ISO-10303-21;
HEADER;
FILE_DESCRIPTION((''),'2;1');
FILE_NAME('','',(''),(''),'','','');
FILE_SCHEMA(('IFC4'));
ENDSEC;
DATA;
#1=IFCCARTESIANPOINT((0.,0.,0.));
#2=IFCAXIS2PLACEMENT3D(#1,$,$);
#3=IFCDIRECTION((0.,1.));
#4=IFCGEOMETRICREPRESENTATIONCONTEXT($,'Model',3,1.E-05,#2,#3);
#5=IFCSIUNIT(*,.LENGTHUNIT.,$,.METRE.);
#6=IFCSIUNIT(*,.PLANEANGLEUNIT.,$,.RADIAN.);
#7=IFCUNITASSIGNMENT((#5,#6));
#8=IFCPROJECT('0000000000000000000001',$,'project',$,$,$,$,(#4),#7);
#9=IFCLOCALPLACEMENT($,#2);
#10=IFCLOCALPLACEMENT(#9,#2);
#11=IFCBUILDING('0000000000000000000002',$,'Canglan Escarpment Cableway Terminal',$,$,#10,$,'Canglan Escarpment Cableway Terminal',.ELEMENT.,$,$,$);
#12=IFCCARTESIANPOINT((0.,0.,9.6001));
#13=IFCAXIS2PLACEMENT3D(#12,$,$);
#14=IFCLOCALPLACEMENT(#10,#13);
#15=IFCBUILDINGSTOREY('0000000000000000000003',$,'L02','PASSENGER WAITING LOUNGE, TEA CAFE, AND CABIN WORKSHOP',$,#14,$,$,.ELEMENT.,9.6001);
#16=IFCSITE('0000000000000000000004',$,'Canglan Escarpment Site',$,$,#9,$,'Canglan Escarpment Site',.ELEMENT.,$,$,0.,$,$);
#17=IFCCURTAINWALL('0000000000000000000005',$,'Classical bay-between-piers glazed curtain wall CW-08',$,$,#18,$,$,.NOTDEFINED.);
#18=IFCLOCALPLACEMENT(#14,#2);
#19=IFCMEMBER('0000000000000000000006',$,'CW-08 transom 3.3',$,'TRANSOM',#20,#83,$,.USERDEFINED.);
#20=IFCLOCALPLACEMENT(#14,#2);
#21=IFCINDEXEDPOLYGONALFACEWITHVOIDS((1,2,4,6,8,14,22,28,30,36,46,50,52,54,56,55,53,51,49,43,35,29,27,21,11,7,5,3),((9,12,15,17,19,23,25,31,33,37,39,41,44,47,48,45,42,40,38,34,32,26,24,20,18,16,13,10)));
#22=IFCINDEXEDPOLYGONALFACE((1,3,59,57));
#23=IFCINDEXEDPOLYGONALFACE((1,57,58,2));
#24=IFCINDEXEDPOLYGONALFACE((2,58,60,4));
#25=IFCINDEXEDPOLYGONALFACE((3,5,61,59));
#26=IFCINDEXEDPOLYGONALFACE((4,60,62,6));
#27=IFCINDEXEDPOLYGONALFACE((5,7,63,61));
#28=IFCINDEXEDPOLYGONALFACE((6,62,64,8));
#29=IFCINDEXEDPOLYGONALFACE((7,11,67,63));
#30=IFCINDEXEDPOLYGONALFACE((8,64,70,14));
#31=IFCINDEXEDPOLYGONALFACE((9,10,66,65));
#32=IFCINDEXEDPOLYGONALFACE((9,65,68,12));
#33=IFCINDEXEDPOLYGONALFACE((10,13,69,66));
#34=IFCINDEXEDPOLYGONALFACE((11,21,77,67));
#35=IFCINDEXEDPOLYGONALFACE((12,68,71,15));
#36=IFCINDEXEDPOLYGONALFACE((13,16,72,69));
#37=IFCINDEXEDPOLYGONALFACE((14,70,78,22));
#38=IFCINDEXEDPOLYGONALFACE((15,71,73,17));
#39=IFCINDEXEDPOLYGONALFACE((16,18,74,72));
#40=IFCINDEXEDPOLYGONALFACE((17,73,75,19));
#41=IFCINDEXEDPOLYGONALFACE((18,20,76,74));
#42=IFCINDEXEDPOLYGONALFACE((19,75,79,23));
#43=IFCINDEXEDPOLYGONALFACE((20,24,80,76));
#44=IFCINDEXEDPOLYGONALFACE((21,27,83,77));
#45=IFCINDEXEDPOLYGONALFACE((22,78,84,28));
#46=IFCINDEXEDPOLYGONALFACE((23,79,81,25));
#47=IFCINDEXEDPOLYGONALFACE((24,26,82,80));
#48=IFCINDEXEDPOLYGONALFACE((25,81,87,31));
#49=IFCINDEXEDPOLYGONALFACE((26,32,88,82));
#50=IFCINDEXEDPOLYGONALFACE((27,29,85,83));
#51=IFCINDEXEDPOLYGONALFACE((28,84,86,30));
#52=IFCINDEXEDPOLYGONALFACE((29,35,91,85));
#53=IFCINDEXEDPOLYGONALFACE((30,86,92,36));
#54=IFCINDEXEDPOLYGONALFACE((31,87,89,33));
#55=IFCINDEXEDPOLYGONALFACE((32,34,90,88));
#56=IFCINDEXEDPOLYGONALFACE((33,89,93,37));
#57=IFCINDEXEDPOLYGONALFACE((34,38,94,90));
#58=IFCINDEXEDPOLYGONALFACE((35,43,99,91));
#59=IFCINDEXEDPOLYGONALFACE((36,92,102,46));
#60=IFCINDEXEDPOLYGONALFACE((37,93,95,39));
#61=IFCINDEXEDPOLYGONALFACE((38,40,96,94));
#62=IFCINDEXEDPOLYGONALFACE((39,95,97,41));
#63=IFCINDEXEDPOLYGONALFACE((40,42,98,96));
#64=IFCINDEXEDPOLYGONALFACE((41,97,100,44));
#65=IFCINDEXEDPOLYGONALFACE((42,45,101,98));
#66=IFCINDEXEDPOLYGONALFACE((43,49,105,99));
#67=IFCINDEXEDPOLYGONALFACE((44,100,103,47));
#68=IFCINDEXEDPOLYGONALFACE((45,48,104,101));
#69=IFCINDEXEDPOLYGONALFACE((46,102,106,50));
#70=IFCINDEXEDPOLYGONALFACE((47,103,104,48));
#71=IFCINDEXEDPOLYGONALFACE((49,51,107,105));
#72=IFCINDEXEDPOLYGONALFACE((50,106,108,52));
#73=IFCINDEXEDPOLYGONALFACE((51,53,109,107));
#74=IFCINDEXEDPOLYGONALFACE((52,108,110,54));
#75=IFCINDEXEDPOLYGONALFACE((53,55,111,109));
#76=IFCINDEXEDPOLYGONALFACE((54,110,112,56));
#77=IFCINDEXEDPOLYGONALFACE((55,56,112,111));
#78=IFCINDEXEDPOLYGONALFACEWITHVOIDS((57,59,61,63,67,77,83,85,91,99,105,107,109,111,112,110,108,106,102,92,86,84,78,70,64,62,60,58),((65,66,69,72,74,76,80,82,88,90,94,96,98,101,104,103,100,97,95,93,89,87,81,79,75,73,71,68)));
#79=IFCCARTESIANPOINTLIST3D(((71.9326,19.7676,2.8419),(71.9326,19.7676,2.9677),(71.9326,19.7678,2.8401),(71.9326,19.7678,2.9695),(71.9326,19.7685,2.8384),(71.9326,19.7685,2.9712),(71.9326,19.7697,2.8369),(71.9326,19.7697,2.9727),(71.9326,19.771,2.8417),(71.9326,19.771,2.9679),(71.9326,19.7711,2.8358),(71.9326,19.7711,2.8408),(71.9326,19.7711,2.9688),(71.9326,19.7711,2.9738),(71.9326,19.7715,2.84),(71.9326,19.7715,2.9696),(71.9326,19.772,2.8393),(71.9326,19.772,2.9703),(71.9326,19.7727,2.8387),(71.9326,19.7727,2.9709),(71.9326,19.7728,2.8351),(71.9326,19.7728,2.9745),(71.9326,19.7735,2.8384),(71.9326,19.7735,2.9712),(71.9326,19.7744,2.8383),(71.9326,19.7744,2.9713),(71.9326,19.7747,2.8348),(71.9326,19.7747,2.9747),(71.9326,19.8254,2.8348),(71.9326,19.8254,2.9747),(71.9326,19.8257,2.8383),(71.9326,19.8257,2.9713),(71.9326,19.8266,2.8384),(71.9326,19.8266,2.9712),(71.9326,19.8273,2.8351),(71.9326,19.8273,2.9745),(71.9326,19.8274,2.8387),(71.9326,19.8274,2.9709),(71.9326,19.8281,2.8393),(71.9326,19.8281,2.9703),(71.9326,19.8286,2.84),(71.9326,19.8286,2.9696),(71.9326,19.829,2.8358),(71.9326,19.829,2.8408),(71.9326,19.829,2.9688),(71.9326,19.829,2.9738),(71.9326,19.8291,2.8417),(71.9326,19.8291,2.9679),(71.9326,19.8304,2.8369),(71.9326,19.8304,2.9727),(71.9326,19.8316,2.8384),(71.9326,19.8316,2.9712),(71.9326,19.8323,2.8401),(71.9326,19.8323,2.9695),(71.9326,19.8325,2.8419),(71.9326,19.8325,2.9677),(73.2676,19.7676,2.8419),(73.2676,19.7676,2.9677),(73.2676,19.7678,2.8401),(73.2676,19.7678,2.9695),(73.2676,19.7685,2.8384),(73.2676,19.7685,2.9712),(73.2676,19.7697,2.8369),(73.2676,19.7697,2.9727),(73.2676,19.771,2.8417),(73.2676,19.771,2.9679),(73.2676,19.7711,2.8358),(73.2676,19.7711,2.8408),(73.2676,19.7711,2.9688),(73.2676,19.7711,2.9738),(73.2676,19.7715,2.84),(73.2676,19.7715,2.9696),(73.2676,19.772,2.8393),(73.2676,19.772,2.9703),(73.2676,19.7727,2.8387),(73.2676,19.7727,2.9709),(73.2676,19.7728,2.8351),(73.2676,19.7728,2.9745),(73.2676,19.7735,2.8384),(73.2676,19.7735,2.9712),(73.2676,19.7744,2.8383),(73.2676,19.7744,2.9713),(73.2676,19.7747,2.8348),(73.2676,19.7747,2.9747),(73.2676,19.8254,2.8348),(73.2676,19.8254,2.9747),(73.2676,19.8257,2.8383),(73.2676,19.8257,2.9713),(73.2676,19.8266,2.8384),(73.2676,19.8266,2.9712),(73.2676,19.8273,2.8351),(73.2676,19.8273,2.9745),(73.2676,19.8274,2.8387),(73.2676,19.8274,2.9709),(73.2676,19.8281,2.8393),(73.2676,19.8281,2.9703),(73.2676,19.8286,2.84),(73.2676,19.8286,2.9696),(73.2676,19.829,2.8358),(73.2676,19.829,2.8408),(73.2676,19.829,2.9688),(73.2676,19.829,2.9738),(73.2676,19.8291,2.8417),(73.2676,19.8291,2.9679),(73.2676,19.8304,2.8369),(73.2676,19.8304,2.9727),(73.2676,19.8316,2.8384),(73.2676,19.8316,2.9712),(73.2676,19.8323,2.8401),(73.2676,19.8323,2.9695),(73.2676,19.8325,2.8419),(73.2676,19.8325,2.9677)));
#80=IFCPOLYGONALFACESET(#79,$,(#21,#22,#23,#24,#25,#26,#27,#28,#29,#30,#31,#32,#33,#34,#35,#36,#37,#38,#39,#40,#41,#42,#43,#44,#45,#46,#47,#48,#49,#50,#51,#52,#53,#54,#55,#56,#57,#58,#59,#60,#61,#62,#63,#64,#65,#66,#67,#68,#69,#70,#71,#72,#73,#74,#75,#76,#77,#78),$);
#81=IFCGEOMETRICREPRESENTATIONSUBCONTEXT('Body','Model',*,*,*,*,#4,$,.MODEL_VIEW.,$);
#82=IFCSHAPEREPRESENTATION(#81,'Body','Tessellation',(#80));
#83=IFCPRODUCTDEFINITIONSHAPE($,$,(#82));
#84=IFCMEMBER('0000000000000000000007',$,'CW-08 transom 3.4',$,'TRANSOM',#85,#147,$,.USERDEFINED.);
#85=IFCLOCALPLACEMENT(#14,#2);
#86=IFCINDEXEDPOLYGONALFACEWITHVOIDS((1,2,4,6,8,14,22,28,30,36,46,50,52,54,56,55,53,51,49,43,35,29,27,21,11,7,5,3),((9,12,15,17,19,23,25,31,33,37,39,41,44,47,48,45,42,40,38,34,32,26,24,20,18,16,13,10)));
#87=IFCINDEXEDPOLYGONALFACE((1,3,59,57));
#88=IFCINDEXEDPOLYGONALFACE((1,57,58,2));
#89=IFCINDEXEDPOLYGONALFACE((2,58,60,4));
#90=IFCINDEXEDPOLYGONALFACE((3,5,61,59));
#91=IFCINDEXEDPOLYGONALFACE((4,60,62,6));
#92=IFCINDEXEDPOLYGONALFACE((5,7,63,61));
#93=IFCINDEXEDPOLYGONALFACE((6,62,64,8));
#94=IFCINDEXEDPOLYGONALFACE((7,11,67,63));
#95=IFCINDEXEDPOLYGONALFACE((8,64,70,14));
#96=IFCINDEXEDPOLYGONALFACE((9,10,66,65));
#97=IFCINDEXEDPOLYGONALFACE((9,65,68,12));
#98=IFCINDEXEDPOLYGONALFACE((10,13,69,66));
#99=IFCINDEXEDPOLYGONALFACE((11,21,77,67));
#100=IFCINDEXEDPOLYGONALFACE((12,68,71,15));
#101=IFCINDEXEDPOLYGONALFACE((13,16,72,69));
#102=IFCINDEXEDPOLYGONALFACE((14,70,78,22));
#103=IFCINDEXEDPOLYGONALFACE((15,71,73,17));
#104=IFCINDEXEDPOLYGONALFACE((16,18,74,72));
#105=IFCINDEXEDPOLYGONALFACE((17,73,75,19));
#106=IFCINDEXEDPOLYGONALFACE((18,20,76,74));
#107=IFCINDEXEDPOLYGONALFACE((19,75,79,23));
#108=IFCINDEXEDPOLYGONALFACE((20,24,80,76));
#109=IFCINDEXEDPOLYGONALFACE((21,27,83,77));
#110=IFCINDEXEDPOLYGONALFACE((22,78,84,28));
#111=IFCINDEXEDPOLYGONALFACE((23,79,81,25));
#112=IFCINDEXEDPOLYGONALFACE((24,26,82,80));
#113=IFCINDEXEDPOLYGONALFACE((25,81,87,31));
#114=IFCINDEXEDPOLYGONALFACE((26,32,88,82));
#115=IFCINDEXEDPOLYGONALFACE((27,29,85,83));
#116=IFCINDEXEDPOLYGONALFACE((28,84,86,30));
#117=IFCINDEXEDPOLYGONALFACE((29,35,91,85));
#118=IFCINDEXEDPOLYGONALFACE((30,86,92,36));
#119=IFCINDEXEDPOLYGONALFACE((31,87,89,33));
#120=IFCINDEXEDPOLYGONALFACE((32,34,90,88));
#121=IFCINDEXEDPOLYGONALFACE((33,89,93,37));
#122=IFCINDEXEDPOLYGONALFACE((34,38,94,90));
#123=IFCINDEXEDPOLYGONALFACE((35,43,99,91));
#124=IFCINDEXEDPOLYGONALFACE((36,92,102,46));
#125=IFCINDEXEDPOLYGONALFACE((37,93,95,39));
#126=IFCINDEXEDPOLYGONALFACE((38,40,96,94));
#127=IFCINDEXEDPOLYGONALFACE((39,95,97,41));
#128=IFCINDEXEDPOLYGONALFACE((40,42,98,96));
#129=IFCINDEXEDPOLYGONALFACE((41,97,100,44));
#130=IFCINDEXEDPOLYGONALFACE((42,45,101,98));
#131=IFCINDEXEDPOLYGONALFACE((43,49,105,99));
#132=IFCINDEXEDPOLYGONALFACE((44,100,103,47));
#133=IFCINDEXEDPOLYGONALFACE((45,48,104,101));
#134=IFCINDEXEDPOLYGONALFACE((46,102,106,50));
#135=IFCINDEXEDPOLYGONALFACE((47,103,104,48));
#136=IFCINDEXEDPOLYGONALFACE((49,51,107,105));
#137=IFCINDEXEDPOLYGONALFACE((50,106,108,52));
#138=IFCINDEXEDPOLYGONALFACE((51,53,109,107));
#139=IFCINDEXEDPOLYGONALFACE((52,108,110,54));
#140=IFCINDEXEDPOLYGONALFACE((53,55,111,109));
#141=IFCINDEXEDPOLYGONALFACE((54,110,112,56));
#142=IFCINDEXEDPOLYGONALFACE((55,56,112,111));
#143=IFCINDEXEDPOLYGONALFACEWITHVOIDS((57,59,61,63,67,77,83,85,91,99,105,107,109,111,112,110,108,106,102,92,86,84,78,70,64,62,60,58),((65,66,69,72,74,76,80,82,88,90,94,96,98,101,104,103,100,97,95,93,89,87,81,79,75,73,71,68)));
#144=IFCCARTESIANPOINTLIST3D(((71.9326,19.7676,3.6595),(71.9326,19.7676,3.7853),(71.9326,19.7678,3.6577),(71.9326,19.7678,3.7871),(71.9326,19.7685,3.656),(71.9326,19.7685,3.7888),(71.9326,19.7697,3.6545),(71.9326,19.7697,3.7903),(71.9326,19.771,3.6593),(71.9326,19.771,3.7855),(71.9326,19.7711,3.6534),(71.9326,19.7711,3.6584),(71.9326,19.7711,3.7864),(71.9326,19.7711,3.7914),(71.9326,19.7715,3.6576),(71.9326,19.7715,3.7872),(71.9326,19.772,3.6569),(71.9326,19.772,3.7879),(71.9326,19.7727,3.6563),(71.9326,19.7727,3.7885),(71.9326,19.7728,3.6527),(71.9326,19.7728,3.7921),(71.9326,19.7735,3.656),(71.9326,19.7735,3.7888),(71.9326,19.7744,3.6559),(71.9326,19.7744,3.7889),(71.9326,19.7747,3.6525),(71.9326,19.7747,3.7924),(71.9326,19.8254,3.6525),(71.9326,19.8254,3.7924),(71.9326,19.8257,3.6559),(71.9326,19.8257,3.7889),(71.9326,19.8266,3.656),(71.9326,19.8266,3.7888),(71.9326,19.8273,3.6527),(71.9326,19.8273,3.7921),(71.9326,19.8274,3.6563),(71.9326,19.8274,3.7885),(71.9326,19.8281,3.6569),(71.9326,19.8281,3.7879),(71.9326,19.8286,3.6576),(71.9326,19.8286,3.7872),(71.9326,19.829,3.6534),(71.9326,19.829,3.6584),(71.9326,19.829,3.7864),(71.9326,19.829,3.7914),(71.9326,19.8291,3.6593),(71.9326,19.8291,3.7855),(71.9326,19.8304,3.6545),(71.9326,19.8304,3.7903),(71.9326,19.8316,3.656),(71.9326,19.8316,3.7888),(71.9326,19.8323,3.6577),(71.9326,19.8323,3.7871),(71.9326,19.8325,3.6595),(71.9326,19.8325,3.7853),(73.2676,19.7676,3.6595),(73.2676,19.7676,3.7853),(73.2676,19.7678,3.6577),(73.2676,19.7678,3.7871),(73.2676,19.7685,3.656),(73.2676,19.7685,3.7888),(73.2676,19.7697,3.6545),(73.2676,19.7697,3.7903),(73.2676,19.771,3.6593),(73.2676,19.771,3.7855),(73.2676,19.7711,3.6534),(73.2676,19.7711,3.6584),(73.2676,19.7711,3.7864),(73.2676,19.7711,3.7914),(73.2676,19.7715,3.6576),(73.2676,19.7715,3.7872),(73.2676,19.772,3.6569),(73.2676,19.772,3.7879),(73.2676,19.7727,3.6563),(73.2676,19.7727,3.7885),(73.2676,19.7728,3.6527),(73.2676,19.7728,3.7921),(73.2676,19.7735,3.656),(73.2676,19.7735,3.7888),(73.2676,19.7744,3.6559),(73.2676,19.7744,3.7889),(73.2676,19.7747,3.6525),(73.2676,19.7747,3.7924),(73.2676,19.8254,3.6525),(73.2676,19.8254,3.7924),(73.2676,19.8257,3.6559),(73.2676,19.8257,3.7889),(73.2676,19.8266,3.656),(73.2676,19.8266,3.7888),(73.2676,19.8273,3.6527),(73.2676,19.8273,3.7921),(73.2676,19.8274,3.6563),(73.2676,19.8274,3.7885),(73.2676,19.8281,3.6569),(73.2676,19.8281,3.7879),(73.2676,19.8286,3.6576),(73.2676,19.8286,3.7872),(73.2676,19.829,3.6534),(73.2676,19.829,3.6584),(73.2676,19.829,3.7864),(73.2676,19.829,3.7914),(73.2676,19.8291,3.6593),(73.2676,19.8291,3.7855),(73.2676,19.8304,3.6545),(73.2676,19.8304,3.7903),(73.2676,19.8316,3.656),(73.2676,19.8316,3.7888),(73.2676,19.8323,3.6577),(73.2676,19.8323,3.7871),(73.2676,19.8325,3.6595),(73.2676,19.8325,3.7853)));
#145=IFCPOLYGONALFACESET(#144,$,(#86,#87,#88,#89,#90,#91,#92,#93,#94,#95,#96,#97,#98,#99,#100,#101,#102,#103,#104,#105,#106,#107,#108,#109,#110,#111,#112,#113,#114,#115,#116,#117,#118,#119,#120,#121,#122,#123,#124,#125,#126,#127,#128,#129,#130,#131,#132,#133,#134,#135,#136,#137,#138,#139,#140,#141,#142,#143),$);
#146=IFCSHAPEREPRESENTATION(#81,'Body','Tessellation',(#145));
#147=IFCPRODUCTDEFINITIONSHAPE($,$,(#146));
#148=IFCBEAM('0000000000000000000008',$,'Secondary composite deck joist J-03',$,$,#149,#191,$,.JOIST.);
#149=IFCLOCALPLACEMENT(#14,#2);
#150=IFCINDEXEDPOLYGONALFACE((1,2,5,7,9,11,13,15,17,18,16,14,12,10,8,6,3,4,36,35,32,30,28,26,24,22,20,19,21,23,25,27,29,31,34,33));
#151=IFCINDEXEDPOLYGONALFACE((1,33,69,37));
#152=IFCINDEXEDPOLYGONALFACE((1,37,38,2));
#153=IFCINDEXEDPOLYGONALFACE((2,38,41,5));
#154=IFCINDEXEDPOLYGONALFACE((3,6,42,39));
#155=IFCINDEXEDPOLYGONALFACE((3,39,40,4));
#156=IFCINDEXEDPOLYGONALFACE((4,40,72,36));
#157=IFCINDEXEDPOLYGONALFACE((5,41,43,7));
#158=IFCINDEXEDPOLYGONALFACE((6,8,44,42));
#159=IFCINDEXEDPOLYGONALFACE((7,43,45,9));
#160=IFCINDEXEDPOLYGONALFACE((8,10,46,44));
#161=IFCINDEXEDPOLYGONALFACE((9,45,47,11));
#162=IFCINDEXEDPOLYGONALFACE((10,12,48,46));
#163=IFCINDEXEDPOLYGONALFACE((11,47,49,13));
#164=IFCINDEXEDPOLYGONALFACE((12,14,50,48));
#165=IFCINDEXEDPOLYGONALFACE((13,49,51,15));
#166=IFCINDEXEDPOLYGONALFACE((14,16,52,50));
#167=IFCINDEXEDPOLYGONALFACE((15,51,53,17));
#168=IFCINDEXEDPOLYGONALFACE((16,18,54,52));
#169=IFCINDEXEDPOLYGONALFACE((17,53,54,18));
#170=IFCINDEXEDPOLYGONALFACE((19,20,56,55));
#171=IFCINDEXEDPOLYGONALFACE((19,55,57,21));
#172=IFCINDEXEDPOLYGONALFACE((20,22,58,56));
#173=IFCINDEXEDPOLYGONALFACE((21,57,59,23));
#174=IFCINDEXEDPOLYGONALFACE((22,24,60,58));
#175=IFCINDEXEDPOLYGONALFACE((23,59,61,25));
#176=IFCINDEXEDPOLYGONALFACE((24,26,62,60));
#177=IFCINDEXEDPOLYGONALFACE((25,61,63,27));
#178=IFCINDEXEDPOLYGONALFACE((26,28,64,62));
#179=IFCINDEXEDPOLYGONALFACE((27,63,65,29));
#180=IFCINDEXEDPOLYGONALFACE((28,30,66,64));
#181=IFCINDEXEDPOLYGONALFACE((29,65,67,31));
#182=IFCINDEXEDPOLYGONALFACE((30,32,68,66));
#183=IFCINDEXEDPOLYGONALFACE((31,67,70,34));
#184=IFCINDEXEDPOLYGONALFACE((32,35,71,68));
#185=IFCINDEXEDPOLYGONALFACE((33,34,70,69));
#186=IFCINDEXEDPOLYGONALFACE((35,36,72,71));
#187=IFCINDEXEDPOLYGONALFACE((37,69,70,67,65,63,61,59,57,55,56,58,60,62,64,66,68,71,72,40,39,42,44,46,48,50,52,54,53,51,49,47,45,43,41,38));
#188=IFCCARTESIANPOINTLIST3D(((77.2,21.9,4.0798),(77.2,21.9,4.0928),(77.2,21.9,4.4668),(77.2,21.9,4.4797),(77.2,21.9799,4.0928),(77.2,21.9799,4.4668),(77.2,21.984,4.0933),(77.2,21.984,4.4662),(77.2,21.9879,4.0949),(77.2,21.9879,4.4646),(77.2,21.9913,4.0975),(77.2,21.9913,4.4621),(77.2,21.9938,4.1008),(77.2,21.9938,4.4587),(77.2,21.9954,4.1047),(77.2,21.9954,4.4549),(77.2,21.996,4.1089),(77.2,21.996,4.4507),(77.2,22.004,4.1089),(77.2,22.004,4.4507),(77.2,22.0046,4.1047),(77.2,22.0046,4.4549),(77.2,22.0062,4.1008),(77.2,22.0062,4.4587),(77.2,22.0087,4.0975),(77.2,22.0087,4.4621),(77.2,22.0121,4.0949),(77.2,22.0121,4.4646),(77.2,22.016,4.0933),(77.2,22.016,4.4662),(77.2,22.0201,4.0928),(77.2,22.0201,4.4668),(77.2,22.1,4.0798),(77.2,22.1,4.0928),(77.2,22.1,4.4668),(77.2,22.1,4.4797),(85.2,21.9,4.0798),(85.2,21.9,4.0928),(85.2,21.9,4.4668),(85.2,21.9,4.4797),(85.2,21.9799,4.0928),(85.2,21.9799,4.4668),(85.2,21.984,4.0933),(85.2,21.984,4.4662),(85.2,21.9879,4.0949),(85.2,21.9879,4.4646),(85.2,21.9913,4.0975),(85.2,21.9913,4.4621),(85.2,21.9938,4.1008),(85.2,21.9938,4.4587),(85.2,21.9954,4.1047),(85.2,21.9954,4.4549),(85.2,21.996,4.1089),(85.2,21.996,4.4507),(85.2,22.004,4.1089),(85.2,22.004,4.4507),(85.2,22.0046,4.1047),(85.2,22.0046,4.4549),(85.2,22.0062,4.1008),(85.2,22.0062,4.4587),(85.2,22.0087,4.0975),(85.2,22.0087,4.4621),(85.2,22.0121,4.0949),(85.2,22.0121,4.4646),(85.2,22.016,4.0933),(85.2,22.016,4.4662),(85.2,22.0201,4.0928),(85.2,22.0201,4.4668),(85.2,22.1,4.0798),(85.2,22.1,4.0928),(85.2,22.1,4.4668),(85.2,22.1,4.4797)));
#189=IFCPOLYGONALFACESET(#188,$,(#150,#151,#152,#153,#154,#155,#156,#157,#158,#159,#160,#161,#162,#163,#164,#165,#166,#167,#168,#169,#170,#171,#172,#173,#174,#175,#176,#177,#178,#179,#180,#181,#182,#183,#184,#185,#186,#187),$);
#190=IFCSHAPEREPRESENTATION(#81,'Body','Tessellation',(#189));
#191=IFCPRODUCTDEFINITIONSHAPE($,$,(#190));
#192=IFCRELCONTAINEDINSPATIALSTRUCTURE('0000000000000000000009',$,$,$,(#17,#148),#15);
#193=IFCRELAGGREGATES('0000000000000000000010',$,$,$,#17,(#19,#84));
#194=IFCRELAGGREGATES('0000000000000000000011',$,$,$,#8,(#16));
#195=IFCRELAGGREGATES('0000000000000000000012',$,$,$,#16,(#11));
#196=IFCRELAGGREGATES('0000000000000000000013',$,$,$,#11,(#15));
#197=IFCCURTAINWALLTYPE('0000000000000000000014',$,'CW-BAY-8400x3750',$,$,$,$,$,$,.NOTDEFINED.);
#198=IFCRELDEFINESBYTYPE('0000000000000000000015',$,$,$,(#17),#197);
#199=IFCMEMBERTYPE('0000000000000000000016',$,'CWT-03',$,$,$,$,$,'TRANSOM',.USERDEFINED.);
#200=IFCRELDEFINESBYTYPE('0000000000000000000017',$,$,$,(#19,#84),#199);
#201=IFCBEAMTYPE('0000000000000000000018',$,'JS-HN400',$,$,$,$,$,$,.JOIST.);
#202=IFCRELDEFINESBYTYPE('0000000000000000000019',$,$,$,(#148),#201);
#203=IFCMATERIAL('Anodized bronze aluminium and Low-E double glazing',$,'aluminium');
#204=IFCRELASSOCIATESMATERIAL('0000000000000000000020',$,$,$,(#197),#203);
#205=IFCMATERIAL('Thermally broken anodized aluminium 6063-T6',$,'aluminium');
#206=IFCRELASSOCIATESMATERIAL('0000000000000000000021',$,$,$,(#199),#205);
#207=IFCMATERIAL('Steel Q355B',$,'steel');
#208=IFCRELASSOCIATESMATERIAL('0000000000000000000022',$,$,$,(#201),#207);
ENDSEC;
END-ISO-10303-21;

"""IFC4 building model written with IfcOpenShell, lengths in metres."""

from ifc_helpers import new_model, si_unit, direction, frame, origin, origin_2d, place, context, subcontext, project, spatial, hollow_rectangle, i_section, extrude, material, material_profile, profile_set, type_object, element, aggregate, save


model = new_model("IFC4")

# Units and contexts
model_context = context("Model", 3, precision=1e-05, world=origin(), true_north=direction((0.0, 1.0)))
body_context = subcontext(model_context, "Body", "Model", "MODEL_VIEW")
ifc_project = project(units=[si_unit("LENGTHUNIT", "METRE"), si_unit("PLANEANGLEUNIT", "RADIAN")], contexts=[model_context])

# Site, building, storey
site_placement = place(None, origin())
site = spatial("IfcSite", under=ifc_project, at=site_placement, Name="Canglan Escarpment Site", LongName="Canglan Escarpment Site", CompositionType="ELEMENT", RefElevation=0.0)
building_placement = place(site_placement, origin())
building = spatial("IfcBuilding", under=site, at=building_placement, Name="Canglan Escarpment Cableway Terminal", LongName="Canglan Escarpment Cableway Terminal", CompositionType="ELEMENT")
storey_placement = place(building_placement, frame((0.0, 0.0, 9.6001)))
storey = spatial("IfcBuildingStorey", under=building, at=storey_placement, Name="L02", Description="PASSENGER WAITING LOUNGE, TEA CAFE, AND CABIN WORKSHOP", CompositionType="ELEMENT", Elevation=9.6001)

# Curtain wall, members
ifc_material_1 = material(Name="Anodized bronze aluminium and Low-E double glazing", Category="aluminium")
curtain_wall_type = type_object("IfcCurtainWallType", Name="CW-BAY-8400x3750", PredefinedType="NOTDEFINED", material=ifc_material_1)
curtain_wall_placement = place(storey_placement, origin())
curtain_wall = element("IfcCurtainWall", 1, at=curtain_wall_placement, inside=storey, type_object=curtain_wall_type, Name="Classical bay-between-piers glazed curtain wall CW-08", PredefinedType="NOTDEFINED")
ifc_material_2 = material(Name="Thermally broken anodized aluminium 6063-T6", Category="aluminium")
ifc_material_profile_1 = material_profile(ifc_material_2, hollow_rectangle(XDim=0.0649, YDim=0.1399, WallThickness=0.0034, InnerFilletRadius=0.0034, OuterFilletRadius=0.0071, at=origin_2d()), Name="ALU-TRAN 65x140x3.5")
ifc_profile_set_1 = profile_set([ifc_material_profile_1], Name="Thermally broken anodized aluminium 6063-T6")
member_type_1 = type_object("IfcMemberType", Name="CWT-03", ElementType="TRANSOM", PredefinedType="USERDEFINED", material=ifc_profile_set_1)
member_1_placement = place(storey_placement, frame((73.2676, 19.8, 2.9048), z_axis=(-1.0, 0.0, 0.0), x_axis=(0.0, -1.0, 0.0)))
member_1 = element("IfcMember", 2, at=member_1_placement, type_object=member_type_1, Name="CW-08 transom 3.3", ObjectType="TRANSOM", PredefinedType="USERDEFINED", context=body_context, shape_type="SweptSolid", body=[
    extrude(hollow_rectangle(XDim=0.0649, YDim=0.1399, WallThickness=0.0034, InnerFilletRadius=0.0034, OuterFilletRadius=0.0071, at=origin_2d()), origin(), (0.0, 0.0, 1.0), 1.335),
])
member_2_placement = place(storey_placement, frame((73.2676, 19.8, 3.7224), z_axis=(-1.0, 0.0, 0.0), x_axis=(0.0, -1.0, 0.0)))
member_2 = element("IfcMember", 3, at=member_2_placement, type_object=member_type_1, Name="CW-08 transom 3.4", ObjectType="TRANSOM", PredefinedType="USERDEFINED", context=body_context, shape_type="SweptSolid", body=[
    extrude(hollow_rectangle(XDim=0.0649, YDim=0.1399, WallThickness=0.0034, InnerFilletRadius=0.0034, OuterFilletRadius=0.0071, at=origin_2d()), origin(), (0.0, 0.0, 1.0), 1.335),
])

# Beam
ifc_material_3 = material(Name="Steel Q355B", Category="steel")
ifc_material_profile_2 = material_profile(ifc_material_3, i_section(OverallWidth=0.2, OverallDepth=0.3999, WebThickness=0.0081, FlangeThickness=0.0129, FilletRadius=0.0161, at=origin_2d()), Name="HN 400x200x8x13")
ifc_profile_set_2 = profile_set([ifc_material_profile_2], Name="Steel Q355B")
beam_type = type_object("IfcBeamType", Name="JS-HN400", PredefinedType="JOIST", material=ifc_profile_set_2)
beam_placement = place(storey_placement, frame((77.2, 22.0, 4.2798), z_axis=(1.0, 0.0, 0.0), x_axis=(0.0, 1.0, 0.0)))
element("IfcBeam", 4, at=beam_placement, inside=storey, type_object=beam_type, Name="Secondary composite deck joist J-03", PredefinedType="JOIST", context=body_context, shape_type="SweptSolid", body=[
    extrude(i_section(OverallWidth=0.2, OverallDepth=0.3999, WebThickness=0.0081, FlangeThickness=0.0129, FilletRadius=0.0161, at=origin_2d()), origin(), (0.0, 0.0, 1.0), 8.0),
])

aggregate(curtain_wall, [member_1, member_2])

save(model, "model.ifc")
